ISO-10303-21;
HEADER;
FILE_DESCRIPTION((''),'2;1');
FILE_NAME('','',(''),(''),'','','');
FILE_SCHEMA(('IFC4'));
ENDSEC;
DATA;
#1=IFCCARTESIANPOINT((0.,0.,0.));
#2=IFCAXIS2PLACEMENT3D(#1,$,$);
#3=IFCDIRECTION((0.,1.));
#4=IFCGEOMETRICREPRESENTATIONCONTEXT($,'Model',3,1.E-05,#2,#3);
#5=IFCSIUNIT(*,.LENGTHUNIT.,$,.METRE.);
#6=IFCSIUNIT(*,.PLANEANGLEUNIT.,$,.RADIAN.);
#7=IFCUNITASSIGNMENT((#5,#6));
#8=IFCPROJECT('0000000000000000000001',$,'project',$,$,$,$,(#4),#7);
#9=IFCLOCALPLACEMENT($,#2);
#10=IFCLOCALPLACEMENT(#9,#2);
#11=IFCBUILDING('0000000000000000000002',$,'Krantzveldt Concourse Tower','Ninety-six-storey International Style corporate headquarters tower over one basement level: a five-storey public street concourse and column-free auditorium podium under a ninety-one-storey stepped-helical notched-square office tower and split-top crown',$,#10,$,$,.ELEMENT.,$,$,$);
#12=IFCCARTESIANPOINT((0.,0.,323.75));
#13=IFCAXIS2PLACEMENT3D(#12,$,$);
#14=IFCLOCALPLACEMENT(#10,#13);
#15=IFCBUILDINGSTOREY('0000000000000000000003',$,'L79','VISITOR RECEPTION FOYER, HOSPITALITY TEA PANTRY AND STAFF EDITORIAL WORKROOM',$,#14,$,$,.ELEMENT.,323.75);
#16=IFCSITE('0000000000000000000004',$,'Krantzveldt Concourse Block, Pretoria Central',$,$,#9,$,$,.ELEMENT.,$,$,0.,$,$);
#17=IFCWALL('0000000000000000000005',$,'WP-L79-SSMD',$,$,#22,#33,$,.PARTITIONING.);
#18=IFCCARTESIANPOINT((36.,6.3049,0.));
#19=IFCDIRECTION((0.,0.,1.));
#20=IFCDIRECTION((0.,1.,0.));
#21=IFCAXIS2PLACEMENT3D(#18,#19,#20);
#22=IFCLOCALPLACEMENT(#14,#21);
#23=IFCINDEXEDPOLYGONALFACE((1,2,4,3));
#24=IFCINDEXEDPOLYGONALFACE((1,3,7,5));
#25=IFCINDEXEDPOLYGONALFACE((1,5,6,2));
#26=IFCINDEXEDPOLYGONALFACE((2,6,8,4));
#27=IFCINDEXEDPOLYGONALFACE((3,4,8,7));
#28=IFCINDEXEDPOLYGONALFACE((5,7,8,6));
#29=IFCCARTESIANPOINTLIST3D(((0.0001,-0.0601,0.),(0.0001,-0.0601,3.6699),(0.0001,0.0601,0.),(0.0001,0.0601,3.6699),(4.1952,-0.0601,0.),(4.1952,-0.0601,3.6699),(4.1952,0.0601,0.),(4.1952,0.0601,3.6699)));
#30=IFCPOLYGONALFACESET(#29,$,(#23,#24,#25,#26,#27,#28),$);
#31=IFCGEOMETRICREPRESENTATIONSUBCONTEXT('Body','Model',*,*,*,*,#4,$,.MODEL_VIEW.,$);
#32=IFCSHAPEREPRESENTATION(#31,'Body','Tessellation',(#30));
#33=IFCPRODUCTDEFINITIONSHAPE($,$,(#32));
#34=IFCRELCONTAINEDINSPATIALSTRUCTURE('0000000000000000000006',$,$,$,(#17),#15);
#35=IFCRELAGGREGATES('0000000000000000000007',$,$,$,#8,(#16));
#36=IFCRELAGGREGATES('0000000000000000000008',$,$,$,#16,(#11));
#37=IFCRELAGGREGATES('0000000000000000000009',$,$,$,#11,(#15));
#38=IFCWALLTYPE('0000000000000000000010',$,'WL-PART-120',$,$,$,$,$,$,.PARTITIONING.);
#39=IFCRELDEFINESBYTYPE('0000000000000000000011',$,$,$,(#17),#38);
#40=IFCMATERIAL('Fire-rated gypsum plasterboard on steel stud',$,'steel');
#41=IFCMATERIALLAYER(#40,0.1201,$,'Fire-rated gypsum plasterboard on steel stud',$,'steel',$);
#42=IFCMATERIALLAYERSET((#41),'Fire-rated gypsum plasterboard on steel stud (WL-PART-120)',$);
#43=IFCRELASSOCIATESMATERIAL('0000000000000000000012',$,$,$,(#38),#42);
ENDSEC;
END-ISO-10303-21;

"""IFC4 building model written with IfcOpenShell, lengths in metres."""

from ifc_helpers import new_model, si_unit, direction, frame, frame_2d, origin, place, context, subcontext, project, spatial, rectangle, extrude, material, layer, layer_set, type_object, element, save


model = new_model("IFC4")

# Units and contexts
model_context = context("Model", 3, precision=1e-05, world=origin(), true_north=direction((0.0, 1.0)))
body_context = subcontext(model_context, "Body", "Model", "MODEL_VIEW")
ifc_project = project(units=[si_unit("LENGTHUNIT", "METRE"), si_unit("PLANEANGLEUNIT", "RADIAN")], contexts=[model_context])

# Site, building, storey
site_placement = place(None, origin())
site = spatial("IfcSite", under=ifc_project, at=site_placement, Name="Krantzveldt Concourse Block, Pretoria Central", CompositionType="ELEMENT", RefElevation=0.0)
building_placement = place(site_placement, origin())
building = spatial("IfcBuilding", under=site, at=building_placement, Name="Krantzveldt Concourse Tower", Description="Ninety-six-storey International Style corporate headquarters tower over one basement level: a five-storey public street concourse and column-free auditorium podium under a ninety-one-storey stepped-helical notched-square office tower and split-top crown", CompositionType="ELEMENT")
storey_placement = place(building_placement, frame((0.0, 0.0, 323.75)))
storey = spatial("IfcBuildingStorey", under=building, at=storey_placement, Name="L79", Description="VISITOR RECEPTION FOYER, HOSPITALITY TEA PANTRY AND STAFF EDITORIAL WORKROOM", CompositionType="ELEMENT", Elevation=323.75)

# Shared definitions
ifc_material_1 = material(Name="Fire-rated gypsum plasterboard on steel stud", Category="steel")
ifc_layer_1 = layer(ifc_material_1, 0.1201, Name="Fire-rated gypsum plasterboard on steel stud", Category="steel")
ifc_layer_set_1 = layer_set([ifc_layer_1], Name="Fire-rated gypsum plasterboard on steel stud (WL-PART-120)")
wall_type_1 = type_object("IfcWallType", Name="WL-PART-120", PredefinedType="PARTITIONING", material=ifc_layer_set_1)

# Wall
wall_1_placement = place(storey_placement, frame((36.0, 6.3049, 0.0), z_axis=(0.0, 0.0, 1.0), x_axis=(0.0, 1.0, 0.0)))
element("IfcWall", 1, at=wall_1_placement, inside=storey, type_object=wall_type_1, Name="WP-L79-SSMD", PredefinedType="PARTITIONING", context=body_context, shape_type="SweptSolid", body=[
    extrude(rectangle(XDim=4.1951, YDim=0.1201, at=frame_2d((2.0977, 0.0))), origin(), (0.0, 0.0, 1.0), 3.6699),
])

save(model, "model.ifc")
